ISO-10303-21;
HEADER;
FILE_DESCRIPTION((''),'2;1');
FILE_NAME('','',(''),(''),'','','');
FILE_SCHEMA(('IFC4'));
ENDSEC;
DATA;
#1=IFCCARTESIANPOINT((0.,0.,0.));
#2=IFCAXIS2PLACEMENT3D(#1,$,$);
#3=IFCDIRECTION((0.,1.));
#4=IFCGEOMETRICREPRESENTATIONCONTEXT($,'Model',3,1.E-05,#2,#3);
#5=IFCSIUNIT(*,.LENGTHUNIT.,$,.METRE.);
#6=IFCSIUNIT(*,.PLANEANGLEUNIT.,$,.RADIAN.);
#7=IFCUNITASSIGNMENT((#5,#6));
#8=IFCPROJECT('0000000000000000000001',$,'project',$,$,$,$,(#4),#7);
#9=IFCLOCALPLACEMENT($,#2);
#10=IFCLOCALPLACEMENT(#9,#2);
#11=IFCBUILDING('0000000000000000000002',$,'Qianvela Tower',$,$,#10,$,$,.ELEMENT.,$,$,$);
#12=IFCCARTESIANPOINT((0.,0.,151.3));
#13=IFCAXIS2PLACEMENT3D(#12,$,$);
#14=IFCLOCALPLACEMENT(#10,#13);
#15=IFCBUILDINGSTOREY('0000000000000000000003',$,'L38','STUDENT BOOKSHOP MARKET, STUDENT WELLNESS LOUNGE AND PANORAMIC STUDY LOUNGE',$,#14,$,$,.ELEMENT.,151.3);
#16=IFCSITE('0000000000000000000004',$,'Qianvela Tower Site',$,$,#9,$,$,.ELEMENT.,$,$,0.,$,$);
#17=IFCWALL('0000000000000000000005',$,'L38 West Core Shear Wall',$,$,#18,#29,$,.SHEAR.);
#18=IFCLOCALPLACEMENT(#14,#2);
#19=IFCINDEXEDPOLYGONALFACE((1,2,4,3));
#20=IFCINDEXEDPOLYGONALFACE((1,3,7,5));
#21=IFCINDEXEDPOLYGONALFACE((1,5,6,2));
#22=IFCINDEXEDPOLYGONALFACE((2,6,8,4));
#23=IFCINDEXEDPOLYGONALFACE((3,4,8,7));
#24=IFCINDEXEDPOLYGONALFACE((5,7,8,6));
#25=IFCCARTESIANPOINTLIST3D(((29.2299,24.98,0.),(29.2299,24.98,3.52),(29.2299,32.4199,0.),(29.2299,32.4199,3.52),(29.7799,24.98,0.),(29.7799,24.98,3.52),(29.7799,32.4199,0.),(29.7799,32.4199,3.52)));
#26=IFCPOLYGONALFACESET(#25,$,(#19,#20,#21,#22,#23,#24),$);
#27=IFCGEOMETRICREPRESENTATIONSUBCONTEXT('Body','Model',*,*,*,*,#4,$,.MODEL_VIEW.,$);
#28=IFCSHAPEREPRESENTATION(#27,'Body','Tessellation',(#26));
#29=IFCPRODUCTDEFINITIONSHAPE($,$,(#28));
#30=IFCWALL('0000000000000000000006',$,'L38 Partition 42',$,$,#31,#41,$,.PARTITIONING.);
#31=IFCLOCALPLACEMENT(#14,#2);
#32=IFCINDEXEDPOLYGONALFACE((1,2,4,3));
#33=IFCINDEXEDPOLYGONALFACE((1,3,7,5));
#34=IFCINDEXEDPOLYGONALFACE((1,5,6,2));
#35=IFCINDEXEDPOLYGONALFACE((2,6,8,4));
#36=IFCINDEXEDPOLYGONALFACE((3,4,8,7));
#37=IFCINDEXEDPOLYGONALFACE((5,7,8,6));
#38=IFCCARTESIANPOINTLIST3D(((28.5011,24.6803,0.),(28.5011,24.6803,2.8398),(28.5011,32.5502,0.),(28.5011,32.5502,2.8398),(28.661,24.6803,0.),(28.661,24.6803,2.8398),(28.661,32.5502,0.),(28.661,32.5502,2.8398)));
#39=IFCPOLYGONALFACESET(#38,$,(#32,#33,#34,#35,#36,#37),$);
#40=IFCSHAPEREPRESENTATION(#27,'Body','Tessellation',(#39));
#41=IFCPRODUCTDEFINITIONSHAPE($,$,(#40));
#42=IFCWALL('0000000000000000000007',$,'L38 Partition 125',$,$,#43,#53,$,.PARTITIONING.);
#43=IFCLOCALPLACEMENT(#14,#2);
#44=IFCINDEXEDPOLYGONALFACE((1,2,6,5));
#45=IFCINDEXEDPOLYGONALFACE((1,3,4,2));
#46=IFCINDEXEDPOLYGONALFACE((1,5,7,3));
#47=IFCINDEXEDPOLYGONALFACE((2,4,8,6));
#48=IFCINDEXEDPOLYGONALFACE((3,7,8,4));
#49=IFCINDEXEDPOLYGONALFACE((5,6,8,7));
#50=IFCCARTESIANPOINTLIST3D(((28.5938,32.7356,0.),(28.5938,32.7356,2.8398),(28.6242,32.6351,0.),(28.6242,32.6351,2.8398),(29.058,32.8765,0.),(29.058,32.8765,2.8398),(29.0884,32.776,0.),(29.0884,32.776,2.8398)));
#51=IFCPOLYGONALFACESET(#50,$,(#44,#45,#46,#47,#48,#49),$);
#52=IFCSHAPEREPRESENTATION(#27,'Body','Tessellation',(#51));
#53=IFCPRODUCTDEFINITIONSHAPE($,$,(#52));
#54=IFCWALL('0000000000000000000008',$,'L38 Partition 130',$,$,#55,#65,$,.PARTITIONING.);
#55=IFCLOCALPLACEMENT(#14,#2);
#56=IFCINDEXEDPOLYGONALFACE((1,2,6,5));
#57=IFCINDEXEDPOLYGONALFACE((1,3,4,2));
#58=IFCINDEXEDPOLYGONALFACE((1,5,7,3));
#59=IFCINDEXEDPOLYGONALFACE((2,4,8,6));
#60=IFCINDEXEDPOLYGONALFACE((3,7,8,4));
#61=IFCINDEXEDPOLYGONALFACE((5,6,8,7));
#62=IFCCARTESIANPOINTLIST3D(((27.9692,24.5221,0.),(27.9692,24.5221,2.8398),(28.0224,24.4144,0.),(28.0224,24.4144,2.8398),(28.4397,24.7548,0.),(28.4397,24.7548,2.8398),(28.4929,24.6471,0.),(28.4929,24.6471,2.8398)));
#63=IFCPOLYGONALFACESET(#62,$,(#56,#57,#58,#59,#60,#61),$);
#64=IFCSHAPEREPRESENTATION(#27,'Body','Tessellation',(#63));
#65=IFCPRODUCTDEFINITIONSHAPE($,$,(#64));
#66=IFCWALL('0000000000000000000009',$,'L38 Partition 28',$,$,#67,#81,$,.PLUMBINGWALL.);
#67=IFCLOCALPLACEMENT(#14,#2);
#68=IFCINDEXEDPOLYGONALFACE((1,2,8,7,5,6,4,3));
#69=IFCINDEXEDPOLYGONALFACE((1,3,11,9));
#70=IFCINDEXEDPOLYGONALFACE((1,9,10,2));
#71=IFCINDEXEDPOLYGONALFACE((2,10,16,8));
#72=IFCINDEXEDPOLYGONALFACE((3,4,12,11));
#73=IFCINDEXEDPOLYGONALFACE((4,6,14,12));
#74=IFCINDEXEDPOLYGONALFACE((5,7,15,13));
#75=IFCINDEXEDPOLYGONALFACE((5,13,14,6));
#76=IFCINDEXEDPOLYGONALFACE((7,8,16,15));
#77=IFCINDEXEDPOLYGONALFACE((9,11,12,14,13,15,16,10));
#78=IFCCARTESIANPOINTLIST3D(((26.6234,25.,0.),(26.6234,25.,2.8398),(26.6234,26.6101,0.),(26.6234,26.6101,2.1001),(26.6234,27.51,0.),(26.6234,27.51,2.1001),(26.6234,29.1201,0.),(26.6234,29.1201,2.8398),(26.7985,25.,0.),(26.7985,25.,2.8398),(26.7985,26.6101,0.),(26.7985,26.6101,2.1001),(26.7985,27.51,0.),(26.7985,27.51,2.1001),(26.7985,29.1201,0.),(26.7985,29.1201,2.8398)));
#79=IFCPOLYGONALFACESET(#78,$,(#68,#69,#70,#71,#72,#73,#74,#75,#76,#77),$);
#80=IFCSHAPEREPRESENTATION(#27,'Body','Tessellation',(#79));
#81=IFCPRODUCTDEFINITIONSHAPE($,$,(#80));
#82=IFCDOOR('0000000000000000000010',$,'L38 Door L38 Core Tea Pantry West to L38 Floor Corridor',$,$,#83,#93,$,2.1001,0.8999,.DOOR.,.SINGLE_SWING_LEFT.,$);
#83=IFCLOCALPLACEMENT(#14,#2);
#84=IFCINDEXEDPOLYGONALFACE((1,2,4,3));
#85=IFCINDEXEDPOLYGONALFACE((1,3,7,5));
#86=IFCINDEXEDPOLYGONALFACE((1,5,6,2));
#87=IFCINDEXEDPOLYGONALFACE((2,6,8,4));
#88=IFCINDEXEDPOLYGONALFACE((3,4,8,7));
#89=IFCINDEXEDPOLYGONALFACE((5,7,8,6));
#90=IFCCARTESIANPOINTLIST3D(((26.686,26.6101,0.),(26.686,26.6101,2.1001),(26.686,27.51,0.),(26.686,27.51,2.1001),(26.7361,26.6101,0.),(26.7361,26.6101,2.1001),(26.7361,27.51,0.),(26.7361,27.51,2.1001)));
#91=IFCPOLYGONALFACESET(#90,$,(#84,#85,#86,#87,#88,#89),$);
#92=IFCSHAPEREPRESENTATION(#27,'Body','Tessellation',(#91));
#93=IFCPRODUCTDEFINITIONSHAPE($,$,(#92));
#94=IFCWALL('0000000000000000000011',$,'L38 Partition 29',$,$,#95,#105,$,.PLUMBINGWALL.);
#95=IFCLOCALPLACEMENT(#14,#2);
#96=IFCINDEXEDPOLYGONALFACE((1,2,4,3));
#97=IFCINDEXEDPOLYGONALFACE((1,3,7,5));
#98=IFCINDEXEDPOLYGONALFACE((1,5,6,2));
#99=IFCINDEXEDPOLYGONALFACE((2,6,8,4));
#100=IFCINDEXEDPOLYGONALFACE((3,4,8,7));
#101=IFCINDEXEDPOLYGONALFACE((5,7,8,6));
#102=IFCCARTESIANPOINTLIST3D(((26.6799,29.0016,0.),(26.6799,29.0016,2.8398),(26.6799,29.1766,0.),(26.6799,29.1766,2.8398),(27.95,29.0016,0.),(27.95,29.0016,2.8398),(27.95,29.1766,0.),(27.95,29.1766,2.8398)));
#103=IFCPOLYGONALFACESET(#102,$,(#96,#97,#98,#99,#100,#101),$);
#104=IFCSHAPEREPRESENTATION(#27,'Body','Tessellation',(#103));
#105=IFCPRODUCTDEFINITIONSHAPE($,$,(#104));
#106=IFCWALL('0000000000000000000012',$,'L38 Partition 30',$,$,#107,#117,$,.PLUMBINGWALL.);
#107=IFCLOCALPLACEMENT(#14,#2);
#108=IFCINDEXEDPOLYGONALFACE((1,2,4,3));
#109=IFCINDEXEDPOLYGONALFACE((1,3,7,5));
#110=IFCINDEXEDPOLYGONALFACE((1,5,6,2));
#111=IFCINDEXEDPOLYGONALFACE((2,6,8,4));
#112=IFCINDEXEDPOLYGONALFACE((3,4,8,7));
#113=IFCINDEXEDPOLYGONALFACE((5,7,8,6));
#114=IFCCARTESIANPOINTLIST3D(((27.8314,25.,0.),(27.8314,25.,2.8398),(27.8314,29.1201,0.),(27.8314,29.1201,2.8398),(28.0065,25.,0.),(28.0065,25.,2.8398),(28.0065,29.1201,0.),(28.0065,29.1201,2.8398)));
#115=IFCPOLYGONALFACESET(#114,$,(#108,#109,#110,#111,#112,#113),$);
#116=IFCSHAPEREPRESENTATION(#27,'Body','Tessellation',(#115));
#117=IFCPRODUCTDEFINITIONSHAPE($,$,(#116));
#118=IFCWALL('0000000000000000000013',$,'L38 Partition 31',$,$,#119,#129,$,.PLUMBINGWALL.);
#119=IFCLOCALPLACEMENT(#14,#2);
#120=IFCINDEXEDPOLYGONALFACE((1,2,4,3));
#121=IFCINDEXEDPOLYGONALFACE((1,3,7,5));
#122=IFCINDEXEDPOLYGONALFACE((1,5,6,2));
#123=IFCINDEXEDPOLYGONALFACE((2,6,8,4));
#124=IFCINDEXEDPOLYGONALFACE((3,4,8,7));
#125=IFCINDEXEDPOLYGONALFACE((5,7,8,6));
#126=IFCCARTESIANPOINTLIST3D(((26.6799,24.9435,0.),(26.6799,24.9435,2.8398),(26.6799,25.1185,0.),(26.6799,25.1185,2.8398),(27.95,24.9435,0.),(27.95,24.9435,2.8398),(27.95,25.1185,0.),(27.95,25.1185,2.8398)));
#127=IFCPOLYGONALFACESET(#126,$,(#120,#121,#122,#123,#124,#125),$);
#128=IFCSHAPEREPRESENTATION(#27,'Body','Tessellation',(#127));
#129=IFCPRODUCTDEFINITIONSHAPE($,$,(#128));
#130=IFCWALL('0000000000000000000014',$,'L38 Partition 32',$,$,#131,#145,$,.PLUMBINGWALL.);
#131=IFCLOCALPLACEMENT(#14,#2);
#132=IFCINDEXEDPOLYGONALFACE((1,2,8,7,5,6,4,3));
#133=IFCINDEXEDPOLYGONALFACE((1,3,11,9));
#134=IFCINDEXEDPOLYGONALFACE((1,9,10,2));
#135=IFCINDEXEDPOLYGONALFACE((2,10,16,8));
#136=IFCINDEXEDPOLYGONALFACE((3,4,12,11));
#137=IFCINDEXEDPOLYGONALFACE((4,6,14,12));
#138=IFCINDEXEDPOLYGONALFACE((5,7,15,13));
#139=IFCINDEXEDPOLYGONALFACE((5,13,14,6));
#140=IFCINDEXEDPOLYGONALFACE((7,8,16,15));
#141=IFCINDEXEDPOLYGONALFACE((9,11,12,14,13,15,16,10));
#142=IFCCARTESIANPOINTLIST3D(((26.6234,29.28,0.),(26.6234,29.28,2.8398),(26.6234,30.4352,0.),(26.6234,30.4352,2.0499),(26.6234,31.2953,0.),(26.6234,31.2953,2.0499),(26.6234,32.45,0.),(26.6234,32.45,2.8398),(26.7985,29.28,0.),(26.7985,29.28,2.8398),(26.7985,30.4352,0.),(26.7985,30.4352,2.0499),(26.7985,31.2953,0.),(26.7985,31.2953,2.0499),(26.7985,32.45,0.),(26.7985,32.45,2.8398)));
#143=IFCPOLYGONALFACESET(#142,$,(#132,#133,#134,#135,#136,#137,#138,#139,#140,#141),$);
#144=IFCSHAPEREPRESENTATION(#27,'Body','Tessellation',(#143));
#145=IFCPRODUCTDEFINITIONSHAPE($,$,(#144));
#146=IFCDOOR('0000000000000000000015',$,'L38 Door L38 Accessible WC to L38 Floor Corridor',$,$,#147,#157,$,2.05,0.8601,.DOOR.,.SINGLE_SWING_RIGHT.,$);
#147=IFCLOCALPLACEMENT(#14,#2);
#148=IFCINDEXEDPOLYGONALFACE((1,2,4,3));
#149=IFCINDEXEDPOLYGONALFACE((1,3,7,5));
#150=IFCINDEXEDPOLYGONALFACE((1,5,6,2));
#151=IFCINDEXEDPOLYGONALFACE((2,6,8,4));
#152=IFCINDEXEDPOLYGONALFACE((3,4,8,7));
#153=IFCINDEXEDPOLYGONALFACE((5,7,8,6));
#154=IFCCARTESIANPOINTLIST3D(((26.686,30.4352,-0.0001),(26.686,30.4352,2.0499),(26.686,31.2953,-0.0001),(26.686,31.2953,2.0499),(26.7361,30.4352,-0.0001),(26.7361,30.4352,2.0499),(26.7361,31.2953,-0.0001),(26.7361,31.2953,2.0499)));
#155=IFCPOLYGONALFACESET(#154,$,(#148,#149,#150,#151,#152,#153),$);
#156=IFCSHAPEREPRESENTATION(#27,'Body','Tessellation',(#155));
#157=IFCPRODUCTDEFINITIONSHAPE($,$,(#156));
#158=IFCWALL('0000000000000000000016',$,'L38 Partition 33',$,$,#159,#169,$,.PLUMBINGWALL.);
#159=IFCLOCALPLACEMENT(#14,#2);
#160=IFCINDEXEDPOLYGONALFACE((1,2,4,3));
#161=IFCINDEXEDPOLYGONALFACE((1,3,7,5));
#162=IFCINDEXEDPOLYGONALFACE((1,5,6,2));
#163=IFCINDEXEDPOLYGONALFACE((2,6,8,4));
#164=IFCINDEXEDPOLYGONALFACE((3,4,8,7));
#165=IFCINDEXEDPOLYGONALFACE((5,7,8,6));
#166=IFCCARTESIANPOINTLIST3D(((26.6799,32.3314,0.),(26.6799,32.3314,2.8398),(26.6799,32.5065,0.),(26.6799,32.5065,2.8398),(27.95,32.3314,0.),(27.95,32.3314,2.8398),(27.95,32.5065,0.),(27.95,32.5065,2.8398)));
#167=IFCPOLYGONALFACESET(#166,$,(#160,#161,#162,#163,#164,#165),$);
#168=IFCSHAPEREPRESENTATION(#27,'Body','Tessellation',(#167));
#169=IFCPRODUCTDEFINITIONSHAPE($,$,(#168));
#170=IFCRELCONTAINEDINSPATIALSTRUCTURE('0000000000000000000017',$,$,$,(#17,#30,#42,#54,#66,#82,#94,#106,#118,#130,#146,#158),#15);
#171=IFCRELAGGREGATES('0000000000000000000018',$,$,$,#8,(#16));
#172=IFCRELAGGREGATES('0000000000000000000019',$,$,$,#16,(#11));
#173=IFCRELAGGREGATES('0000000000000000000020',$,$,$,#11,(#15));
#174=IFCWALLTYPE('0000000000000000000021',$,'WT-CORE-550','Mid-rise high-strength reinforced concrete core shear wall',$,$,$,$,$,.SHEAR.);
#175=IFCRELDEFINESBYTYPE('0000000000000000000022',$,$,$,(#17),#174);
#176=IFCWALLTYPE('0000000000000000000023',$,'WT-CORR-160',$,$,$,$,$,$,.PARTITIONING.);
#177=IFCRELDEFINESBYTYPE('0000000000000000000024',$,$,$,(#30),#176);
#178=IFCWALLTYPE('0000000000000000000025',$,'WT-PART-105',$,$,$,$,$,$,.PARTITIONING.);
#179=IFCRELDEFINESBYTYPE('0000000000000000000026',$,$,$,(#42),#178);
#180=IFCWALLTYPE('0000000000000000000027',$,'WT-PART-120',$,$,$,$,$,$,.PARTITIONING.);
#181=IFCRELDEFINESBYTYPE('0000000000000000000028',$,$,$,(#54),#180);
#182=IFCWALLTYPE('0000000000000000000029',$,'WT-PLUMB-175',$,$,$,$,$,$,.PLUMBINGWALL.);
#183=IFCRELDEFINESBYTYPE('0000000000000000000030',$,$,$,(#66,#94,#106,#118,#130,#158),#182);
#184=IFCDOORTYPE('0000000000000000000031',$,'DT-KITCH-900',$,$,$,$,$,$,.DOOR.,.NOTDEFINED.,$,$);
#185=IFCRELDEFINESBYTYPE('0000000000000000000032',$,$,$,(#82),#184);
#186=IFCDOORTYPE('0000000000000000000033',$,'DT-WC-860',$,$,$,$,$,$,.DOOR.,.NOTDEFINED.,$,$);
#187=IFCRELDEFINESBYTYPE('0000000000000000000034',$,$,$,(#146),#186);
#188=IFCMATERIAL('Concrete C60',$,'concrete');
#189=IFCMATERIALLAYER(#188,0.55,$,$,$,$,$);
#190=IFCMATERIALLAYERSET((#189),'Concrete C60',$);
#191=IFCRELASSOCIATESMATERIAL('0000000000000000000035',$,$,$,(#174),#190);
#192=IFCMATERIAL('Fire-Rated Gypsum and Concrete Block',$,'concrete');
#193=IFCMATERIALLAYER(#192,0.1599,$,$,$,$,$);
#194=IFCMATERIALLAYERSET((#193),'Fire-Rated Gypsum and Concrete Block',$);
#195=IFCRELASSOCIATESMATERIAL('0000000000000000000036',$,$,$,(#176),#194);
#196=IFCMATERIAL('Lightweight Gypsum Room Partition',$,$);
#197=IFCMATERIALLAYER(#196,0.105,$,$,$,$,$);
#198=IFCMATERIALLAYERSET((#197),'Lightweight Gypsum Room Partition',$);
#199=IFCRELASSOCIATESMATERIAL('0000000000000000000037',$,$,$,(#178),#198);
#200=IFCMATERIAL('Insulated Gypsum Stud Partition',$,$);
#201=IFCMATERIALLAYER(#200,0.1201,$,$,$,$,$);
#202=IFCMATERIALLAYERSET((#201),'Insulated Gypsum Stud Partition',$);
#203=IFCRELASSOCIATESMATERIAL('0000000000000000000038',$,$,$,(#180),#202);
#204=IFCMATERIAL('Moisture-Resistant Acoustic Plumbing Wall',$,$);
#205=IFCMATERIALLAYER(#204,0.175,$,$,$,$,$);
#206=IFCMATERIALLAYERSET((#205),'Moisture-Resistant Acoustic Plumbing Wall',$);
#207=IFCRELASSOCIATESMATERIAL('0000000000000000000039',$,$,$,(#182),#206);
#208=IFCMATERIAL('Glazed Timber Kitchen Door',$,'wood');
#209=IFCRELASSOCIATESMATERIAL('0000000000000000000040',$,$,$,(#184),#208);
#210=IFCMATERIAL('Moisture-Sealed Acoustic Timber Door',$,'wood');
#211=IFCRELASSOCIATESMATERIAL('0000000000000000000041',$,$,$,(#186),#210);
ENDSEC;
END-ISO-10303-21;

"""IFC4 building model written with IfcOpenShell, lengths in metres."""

from ifc_helpers import new_model, si_unit, direction, frame, frame_2d, origin, place, context, subcontext, project, spatial, rectangle, extrude, material, layer, layer_set, type_object, element, fill, save


model = new_model("IFC4")

# Units and contexts
model_context = context("Model", 3, precision=1e-05, world=origin(), true_north=direction((0.0, 1.0)))
body_context = subcontext(model_context, "Body", "Model", "MODEL_VIEW")
ifc_project = project(units=[si_unit("LENGTHUNIT", "METRE"), si_unit("PLANEANGLEUNIT", "RADIAN")], contexts=[model_context])

# Site, building, storey
site_placement = place(None, origin())
site = spatial("IfcSite", under=ifc_project, at=site_placement, Name="Qianvela Tower Site", CompositionType="ELEMENT", RefElevation=0.0)
building_placement = place(site_placement, origin())
building = spatial("IfcBuilding", under=site, at=building_placement, Name="Qianvela Tower", CompositionType="ELEMENT")
storey_placement = place(building_placement, frame((0.0, 0.0, 151.3)))
storey = spatial("IfcBuildingStorey", under=building, at=storey_placement, Name="L38", Description="STUDENT BOOKSHOP MARKET, STUDENT WELLNESS LOUNGE AND PANORAMIC STUDY LOUNGE", CompositionType="ELEMENT", Elevation=151.3)

# Shared definitions
ifc_material_1 = material(Name="Concrete C60", Category="concrete")
ifc_layer_1 = layer(ifc_material_1, 0.55)
ifc_layer_set_1 = layer_set([ifc_layer_1], Name="Concrete C60")
wall_type_1 = type_object("IfcWallType", Name="WT-CORE-550", Description="Mid-rise high-strength reinforced concrete core shear wall", PredefinedType="SHEAR", material=ifc_layer_set_1)

# Walls
wall_1_placement = place(storey_placement, frame((29.5049, 24.98, 0.0), z_axis=(0.0, 0.0, 1.0), x_axis=(0.0, 1.0, 0.0)))
element("IfcWall", 1, at=wall_1_placement, inside=storey, type_object=wall_type_1, Name="L38 West Core Shear Wall", PredefinedType="SHEAR", context=body_context, shape_type="SweptSolid", body=[
    extrude(rectangle(XDim=7.4399, YDim=0.55, at=frame_2d((3.72, 0.0))), origin(), (0.0, 0.0, 1.0), 3.52),
])
ifc_material_2 = material(Name="Fire-Rated Gypsum and Concrete Block", Category="concrete")
ifc_layer_2 = layer(ifc_material_2, 0.1599)
ifc_layer_set_2 = layer_set([ifc_layer_2], Name="Fire-Rated Gypsum and Concrete Block")
wall_type_2 = type_object("IfcWallType", Name="WT-CORR-160", PredefinedType="PARTITIONING", material=ifc_layer_set_2)
wall_2_placement = place(storey_placement, frame((28.5811, 24.6802, 0.0), z_axis=(0.0, 0.0, 1.0), x_axis=(0.0, 1.0, 0.0)))
element("IfcWall", 2, at=wall_2_placement, inside=storey, type_object=wall_type_2, Name="L38 Partition 42", PredefinedType="PARTITIONING", context=body_context, shape_type="SweptSolid", body=[
    extrude(rectangle(XDim=7.8699, YDim=0.1599, at=frame_2d((3.9351, 0.0))), origin(), (0.0, 0.0, 1.0), 2.8398),
])
ifc_material_3 = material(Name="Lightweight Gypsum Room Partition")
ifc_layer_3 = layer(ifc_material_3, 0.105)
ifc_layer_set_3 = layer_set([ifc_layer_3], Name="Lightweight Gypsum Room Partition")
wall_type_3 = type_object("IfcWallType", Name="WT-PART-105", PredefinedType="PARTITIONING", material=ifc_layer_set_3)
wall_3_placement = place(storey_placement, frame((28.6089, 32.6853, 0.0), z_axis=(0.0, 0.0, 1.0), x_axis=(0.956893, 0.29044, 0.0)))
element("IfcWall", 3, at=wall_3_placement, inside=storey, type_object=wall_type_3, Name="L38 Partition 125", PredefinedType="PARTITIONING", context=body_context, shape_type="SweptSolid", body=[
    extrude(rectangle(XDim=0.4851, YDim=0.105, at=frame_2d((0.2427, 0.0))), origin(), (0.0, 0.0, 1.0), 2.8398),
])
ifc_material_4 = material(Name="Insulated Gypsum Stud Partition")
ifc_layer_4 = layer(ifc_material_4, 0.1201)
ifc_layer_set_4 = layer_set([ifc_layer_4], Name="Insulated Gypsum Stud Partition")
wall_type_4 = type_object("IfcWallType", Name="WT-PART-120", PredefinedType="PARTITIONING", material=ifc_layer_set_4)
wall_4_placement = place(storey_placement, frame((28.4663, 24.7009, 0.0), z_axis=(0.0, 0.0, 1.0), x_axis=(-0.896372, -0.443302, 0.0)))
element("IfcWall", 4, at=wall_4_placement, inside=storey, type_object=wall_type_4, Name="L38 Partition 130", PredefinedType="PARTITIONING", context=body_context, shape_type="SweptSolid", body=[
    extrude(rectangle(XDim=0.5249, YDim=0.1201, at=frame_2d((0.2625, 0.0))), origin(), (0.0, 0.0, 1.0), 2.8398),
])

# Wall, opening, door
ifc_material_5 = material(Name="Moisture-Resistant Acoustic Plumbing Wall")
ifc_layer_5 = layer(ifc_material_5, 0.175)
ifc_layer_set_5 = layer_set([ifc_layer_5], Name="Moisture-Resistant Acoustic Plumbing Wall")
wall_type_5 = type_object("IfcWallType", Name="WT-PLUMB-175", PredefinedType="PLUMBINGWALL", material=ifc_layer_set_5)
wall_5_placement = place(storey_placement, frame((26.7109, 25.0, 0.0), z_axis=(0.0, 0.0, 1.0), x_axis=(0.0, 1.0, 0.0)))
wall_5 = element("IfcWall", 5, at=wall_5_placement, inside=storey, type_object=wall_type_5, Name="L38 Partition 28", PredefinedType="PLUMBINGWALL", context=body_context, shape_type="SweptSolid", body=[
    extrude(rectangle(XDim=4.1201, YDim=0.175, at=frame_2d((2.0601, 0.0))), origin(), (0.0, 0.0, 1.0), 2.8398),
])
opening_1_placement = place(wall_5_placement, frame((1.6101, 0.0, 0.0)))
opening_1 = element("IfcOpeningElement", 6, at=opening_1_placement, cuts=wall_5, PredefinedType="OPENING", context=body_context, shape_type="SweptSolid", body=[
    extrude(rectangle(XDim=0.8999, YDim=2.1001, at=frame_2d((0.45, 1.05))), frame((0.0, 0.0974, 0.0), z_axis=(0.0, -1.0, 0.0), x_axis=(1.0, 0.0, 0.0)), (0.0, 0.0, 1.0), 0.1951),
])
ifc_material_6 = material(Name="Glazed Timber Kitchen Door", Category="wood")
door_type_1 = type_object("IfcDoorType", Name="DT-KITCH-900", OperationType="NOTDEFINED", PredefinedType="DOOR", material=ifc_material_6)
door_1_placement = place(opening_1_placement, origin())
door_1 = element("IfcDoor", 7, at=door_1_placement, inside=storey, type_object=door_type_1, Name="L38 Door L38 Core Tea Pantry West to L38 Floor Corridor", OperationType="SINGLE_SWING_LEFT", OverallHeight=2.1001, OverallWidth=0.8999, PredefinedType="DOOR", context=body_context, shape_type="SweptSolid", body=[
    extrude(rectangle(XDim=0.8999, YDim=2.1001, at=frame_2d((0.45, 1.05))), frame((0.0, 0.0249, 0.0), z_axis=(0.0, -1.0, 0.0), x_axis=(1.0, 0.0, 0.0)), (0.0, 0.0, 1.0), 0.05),
])
fill(opening_1, door_1)

# Walls
wall_6_placement = place(storey_placement, frame((26.6799, 29.0891, 0.0), z_axis=(0.0, 0.0, 1.0), x_axis=(1.0, 0.0, 0.0)))
element("IfcWall", 8, at=wall_6_placement, inside=storey, type_object=wall_type_5, Name="L38 Partition 29", PredefinedType="PLUMBINGWALL", context=body_context, shape_type="SweptSolid", body=[
    extrude(rectangle(XDim=1.27, YDim=0.175, at=frame_2d((0.635, 0.0))), origin(), (0.0, 0.0, 1.0), 2.8398),
])
wall_7_placement = place(storey_placement, frame((27.9189, 29.1201, 0.0), z_axis=(0.0, 0.0, 1.0), x_axis=(0.0, -1.0, 0.0)))
element("IfcWall", 9, at=wall_7_placement, inside=storey, type_object=wall_type_5, Name="L38 Partition 30", PredefinedType="PLUMBINGWALL", context=body_context, shape_type="SweptSolid", body=[
    extrude(rectangle(XDim=4.1201, YDim=0.175, at=frame_2d((2.0601, 0.0))), origin(), (0.0, 0.0, 1.0), 2.8398),
])
wall_8_placement = place(storey_placement, frame((27.95, 25.031, 0.0), z_axis=(0.0, 0.0, 1.0), x_axis=(-1.0, 0.0, 0.0)))
element("IfcWall", 10, at=wall_8_placement, inside=storey, type_object=wall_type_5, Name="L38 Partition 31", PredefinedType="PLUMBINGWALL", context=body_context, shape_type="SweptSolid", body=[
    extrude(rectangle(XDim=1.27, YDim=0.175, at=frame_2d((0.635, 0.0))), origin(), (0.0, 0.0, 1.0), 2.8398),
])

# Wall, opening, door
wall_9_placement = place(storey_placement, frame((26.7109, 29.28, 0.0), z_axis=(0.0, 0.0, 1.0), x_axis=(0.0, 1.0, 0.0)))
wall_9 = element("IfcWall", 11, at=wall_9_placement, inside=storey, type_object=wall_type_5, Name="L38 Partition 32", PredefinedType="PLUMBINGWALL", context=body_context, shape_type="SweptSolid", body=[
    extrude(rectangle(XDim=3.1699, YDim=0.175, at=frame_2d((1.585, 0.0))), origin(), (0.0, 0.0, 1.0), 2.8398),
])
opening_2_placement = place(wall_9_placement, frame((1.155, 0.0, 0.0)))
opening_2 = element("IfcOpeningElement", 12, at=opening_2_placement, cuts=wall_9, PredefinedType="OPENING", context=body_context, shape_type="SweptSolid", body=[
    extrude(rectangle(XDim=0.8601, YDim=2.05, at=frame_2d((0.4302, 1.0249))), frame((0.0, 0.0974, 0.0), z_axis=(0.0, -1.0, 0.0), x_axis=(1.0, 0.0, 0.0)), (0.0, 0.0, 1.0), 0.1951),
])
ifc_material_7 = material(Name="Moisture-Sealed Acoustic Timber Door", Category="wood")
door_type_2 = type_object("IfcDoorType", Name="DT-WC-860", OperationType="NOTDEFINED", PredefinedType="DOOR", material=ifc_material_7)
door_2_placement = place(opening_2_placement, origin())
door_2 = element("IfcDoor", 13, at=door_2_placement, inside=storey, type_object=door_type_2, Name="L38 Door L38 Accessible WC to L38 Floor Corridor", OperationType="SINGLE_SWING_RIGHT", OverallHeight=2.05, OverallWidth=0.8601, PredefinedType="DOOR", context=body_context, shape_type="SweptSolid", body=[
    extrude(rectangle(XDim=0.8601, YDim=2.05, at=frame_2d((0.4302, 1.0249))), frame((0.0, 0.0249, 0.0), z_axis=(0.0, -1.0, 0.0), x_axis=(1.0, 0.0, 0.0)), (0.0, 0.0, 1.0), 0.05),
])
fill(opening_2, door_2)

# Wall
wall_10_placement = place(storey_placement, frame((26.6799, 32.4189, 0.0), z_axis=(0.0, 0.0, 1.0), x_axis=(1.0, 0.0, 0.0)))
element("IfcWall", 14, at=wall_10_placement, inside=storey, type_object=wall_type_5, Name="L38 Partition 33", PredefinedType="PLUMBINGWALL", context=body_context, shape_type="SweptSolid", body=[
    extrude(rectangle(XDim=1.27, YDim=0.175, at=frame_2d((0.635, 0.0))), origin(), (0.0, 0.0, 1.0), 2.8398),
])

save(model, "model.ifc")
